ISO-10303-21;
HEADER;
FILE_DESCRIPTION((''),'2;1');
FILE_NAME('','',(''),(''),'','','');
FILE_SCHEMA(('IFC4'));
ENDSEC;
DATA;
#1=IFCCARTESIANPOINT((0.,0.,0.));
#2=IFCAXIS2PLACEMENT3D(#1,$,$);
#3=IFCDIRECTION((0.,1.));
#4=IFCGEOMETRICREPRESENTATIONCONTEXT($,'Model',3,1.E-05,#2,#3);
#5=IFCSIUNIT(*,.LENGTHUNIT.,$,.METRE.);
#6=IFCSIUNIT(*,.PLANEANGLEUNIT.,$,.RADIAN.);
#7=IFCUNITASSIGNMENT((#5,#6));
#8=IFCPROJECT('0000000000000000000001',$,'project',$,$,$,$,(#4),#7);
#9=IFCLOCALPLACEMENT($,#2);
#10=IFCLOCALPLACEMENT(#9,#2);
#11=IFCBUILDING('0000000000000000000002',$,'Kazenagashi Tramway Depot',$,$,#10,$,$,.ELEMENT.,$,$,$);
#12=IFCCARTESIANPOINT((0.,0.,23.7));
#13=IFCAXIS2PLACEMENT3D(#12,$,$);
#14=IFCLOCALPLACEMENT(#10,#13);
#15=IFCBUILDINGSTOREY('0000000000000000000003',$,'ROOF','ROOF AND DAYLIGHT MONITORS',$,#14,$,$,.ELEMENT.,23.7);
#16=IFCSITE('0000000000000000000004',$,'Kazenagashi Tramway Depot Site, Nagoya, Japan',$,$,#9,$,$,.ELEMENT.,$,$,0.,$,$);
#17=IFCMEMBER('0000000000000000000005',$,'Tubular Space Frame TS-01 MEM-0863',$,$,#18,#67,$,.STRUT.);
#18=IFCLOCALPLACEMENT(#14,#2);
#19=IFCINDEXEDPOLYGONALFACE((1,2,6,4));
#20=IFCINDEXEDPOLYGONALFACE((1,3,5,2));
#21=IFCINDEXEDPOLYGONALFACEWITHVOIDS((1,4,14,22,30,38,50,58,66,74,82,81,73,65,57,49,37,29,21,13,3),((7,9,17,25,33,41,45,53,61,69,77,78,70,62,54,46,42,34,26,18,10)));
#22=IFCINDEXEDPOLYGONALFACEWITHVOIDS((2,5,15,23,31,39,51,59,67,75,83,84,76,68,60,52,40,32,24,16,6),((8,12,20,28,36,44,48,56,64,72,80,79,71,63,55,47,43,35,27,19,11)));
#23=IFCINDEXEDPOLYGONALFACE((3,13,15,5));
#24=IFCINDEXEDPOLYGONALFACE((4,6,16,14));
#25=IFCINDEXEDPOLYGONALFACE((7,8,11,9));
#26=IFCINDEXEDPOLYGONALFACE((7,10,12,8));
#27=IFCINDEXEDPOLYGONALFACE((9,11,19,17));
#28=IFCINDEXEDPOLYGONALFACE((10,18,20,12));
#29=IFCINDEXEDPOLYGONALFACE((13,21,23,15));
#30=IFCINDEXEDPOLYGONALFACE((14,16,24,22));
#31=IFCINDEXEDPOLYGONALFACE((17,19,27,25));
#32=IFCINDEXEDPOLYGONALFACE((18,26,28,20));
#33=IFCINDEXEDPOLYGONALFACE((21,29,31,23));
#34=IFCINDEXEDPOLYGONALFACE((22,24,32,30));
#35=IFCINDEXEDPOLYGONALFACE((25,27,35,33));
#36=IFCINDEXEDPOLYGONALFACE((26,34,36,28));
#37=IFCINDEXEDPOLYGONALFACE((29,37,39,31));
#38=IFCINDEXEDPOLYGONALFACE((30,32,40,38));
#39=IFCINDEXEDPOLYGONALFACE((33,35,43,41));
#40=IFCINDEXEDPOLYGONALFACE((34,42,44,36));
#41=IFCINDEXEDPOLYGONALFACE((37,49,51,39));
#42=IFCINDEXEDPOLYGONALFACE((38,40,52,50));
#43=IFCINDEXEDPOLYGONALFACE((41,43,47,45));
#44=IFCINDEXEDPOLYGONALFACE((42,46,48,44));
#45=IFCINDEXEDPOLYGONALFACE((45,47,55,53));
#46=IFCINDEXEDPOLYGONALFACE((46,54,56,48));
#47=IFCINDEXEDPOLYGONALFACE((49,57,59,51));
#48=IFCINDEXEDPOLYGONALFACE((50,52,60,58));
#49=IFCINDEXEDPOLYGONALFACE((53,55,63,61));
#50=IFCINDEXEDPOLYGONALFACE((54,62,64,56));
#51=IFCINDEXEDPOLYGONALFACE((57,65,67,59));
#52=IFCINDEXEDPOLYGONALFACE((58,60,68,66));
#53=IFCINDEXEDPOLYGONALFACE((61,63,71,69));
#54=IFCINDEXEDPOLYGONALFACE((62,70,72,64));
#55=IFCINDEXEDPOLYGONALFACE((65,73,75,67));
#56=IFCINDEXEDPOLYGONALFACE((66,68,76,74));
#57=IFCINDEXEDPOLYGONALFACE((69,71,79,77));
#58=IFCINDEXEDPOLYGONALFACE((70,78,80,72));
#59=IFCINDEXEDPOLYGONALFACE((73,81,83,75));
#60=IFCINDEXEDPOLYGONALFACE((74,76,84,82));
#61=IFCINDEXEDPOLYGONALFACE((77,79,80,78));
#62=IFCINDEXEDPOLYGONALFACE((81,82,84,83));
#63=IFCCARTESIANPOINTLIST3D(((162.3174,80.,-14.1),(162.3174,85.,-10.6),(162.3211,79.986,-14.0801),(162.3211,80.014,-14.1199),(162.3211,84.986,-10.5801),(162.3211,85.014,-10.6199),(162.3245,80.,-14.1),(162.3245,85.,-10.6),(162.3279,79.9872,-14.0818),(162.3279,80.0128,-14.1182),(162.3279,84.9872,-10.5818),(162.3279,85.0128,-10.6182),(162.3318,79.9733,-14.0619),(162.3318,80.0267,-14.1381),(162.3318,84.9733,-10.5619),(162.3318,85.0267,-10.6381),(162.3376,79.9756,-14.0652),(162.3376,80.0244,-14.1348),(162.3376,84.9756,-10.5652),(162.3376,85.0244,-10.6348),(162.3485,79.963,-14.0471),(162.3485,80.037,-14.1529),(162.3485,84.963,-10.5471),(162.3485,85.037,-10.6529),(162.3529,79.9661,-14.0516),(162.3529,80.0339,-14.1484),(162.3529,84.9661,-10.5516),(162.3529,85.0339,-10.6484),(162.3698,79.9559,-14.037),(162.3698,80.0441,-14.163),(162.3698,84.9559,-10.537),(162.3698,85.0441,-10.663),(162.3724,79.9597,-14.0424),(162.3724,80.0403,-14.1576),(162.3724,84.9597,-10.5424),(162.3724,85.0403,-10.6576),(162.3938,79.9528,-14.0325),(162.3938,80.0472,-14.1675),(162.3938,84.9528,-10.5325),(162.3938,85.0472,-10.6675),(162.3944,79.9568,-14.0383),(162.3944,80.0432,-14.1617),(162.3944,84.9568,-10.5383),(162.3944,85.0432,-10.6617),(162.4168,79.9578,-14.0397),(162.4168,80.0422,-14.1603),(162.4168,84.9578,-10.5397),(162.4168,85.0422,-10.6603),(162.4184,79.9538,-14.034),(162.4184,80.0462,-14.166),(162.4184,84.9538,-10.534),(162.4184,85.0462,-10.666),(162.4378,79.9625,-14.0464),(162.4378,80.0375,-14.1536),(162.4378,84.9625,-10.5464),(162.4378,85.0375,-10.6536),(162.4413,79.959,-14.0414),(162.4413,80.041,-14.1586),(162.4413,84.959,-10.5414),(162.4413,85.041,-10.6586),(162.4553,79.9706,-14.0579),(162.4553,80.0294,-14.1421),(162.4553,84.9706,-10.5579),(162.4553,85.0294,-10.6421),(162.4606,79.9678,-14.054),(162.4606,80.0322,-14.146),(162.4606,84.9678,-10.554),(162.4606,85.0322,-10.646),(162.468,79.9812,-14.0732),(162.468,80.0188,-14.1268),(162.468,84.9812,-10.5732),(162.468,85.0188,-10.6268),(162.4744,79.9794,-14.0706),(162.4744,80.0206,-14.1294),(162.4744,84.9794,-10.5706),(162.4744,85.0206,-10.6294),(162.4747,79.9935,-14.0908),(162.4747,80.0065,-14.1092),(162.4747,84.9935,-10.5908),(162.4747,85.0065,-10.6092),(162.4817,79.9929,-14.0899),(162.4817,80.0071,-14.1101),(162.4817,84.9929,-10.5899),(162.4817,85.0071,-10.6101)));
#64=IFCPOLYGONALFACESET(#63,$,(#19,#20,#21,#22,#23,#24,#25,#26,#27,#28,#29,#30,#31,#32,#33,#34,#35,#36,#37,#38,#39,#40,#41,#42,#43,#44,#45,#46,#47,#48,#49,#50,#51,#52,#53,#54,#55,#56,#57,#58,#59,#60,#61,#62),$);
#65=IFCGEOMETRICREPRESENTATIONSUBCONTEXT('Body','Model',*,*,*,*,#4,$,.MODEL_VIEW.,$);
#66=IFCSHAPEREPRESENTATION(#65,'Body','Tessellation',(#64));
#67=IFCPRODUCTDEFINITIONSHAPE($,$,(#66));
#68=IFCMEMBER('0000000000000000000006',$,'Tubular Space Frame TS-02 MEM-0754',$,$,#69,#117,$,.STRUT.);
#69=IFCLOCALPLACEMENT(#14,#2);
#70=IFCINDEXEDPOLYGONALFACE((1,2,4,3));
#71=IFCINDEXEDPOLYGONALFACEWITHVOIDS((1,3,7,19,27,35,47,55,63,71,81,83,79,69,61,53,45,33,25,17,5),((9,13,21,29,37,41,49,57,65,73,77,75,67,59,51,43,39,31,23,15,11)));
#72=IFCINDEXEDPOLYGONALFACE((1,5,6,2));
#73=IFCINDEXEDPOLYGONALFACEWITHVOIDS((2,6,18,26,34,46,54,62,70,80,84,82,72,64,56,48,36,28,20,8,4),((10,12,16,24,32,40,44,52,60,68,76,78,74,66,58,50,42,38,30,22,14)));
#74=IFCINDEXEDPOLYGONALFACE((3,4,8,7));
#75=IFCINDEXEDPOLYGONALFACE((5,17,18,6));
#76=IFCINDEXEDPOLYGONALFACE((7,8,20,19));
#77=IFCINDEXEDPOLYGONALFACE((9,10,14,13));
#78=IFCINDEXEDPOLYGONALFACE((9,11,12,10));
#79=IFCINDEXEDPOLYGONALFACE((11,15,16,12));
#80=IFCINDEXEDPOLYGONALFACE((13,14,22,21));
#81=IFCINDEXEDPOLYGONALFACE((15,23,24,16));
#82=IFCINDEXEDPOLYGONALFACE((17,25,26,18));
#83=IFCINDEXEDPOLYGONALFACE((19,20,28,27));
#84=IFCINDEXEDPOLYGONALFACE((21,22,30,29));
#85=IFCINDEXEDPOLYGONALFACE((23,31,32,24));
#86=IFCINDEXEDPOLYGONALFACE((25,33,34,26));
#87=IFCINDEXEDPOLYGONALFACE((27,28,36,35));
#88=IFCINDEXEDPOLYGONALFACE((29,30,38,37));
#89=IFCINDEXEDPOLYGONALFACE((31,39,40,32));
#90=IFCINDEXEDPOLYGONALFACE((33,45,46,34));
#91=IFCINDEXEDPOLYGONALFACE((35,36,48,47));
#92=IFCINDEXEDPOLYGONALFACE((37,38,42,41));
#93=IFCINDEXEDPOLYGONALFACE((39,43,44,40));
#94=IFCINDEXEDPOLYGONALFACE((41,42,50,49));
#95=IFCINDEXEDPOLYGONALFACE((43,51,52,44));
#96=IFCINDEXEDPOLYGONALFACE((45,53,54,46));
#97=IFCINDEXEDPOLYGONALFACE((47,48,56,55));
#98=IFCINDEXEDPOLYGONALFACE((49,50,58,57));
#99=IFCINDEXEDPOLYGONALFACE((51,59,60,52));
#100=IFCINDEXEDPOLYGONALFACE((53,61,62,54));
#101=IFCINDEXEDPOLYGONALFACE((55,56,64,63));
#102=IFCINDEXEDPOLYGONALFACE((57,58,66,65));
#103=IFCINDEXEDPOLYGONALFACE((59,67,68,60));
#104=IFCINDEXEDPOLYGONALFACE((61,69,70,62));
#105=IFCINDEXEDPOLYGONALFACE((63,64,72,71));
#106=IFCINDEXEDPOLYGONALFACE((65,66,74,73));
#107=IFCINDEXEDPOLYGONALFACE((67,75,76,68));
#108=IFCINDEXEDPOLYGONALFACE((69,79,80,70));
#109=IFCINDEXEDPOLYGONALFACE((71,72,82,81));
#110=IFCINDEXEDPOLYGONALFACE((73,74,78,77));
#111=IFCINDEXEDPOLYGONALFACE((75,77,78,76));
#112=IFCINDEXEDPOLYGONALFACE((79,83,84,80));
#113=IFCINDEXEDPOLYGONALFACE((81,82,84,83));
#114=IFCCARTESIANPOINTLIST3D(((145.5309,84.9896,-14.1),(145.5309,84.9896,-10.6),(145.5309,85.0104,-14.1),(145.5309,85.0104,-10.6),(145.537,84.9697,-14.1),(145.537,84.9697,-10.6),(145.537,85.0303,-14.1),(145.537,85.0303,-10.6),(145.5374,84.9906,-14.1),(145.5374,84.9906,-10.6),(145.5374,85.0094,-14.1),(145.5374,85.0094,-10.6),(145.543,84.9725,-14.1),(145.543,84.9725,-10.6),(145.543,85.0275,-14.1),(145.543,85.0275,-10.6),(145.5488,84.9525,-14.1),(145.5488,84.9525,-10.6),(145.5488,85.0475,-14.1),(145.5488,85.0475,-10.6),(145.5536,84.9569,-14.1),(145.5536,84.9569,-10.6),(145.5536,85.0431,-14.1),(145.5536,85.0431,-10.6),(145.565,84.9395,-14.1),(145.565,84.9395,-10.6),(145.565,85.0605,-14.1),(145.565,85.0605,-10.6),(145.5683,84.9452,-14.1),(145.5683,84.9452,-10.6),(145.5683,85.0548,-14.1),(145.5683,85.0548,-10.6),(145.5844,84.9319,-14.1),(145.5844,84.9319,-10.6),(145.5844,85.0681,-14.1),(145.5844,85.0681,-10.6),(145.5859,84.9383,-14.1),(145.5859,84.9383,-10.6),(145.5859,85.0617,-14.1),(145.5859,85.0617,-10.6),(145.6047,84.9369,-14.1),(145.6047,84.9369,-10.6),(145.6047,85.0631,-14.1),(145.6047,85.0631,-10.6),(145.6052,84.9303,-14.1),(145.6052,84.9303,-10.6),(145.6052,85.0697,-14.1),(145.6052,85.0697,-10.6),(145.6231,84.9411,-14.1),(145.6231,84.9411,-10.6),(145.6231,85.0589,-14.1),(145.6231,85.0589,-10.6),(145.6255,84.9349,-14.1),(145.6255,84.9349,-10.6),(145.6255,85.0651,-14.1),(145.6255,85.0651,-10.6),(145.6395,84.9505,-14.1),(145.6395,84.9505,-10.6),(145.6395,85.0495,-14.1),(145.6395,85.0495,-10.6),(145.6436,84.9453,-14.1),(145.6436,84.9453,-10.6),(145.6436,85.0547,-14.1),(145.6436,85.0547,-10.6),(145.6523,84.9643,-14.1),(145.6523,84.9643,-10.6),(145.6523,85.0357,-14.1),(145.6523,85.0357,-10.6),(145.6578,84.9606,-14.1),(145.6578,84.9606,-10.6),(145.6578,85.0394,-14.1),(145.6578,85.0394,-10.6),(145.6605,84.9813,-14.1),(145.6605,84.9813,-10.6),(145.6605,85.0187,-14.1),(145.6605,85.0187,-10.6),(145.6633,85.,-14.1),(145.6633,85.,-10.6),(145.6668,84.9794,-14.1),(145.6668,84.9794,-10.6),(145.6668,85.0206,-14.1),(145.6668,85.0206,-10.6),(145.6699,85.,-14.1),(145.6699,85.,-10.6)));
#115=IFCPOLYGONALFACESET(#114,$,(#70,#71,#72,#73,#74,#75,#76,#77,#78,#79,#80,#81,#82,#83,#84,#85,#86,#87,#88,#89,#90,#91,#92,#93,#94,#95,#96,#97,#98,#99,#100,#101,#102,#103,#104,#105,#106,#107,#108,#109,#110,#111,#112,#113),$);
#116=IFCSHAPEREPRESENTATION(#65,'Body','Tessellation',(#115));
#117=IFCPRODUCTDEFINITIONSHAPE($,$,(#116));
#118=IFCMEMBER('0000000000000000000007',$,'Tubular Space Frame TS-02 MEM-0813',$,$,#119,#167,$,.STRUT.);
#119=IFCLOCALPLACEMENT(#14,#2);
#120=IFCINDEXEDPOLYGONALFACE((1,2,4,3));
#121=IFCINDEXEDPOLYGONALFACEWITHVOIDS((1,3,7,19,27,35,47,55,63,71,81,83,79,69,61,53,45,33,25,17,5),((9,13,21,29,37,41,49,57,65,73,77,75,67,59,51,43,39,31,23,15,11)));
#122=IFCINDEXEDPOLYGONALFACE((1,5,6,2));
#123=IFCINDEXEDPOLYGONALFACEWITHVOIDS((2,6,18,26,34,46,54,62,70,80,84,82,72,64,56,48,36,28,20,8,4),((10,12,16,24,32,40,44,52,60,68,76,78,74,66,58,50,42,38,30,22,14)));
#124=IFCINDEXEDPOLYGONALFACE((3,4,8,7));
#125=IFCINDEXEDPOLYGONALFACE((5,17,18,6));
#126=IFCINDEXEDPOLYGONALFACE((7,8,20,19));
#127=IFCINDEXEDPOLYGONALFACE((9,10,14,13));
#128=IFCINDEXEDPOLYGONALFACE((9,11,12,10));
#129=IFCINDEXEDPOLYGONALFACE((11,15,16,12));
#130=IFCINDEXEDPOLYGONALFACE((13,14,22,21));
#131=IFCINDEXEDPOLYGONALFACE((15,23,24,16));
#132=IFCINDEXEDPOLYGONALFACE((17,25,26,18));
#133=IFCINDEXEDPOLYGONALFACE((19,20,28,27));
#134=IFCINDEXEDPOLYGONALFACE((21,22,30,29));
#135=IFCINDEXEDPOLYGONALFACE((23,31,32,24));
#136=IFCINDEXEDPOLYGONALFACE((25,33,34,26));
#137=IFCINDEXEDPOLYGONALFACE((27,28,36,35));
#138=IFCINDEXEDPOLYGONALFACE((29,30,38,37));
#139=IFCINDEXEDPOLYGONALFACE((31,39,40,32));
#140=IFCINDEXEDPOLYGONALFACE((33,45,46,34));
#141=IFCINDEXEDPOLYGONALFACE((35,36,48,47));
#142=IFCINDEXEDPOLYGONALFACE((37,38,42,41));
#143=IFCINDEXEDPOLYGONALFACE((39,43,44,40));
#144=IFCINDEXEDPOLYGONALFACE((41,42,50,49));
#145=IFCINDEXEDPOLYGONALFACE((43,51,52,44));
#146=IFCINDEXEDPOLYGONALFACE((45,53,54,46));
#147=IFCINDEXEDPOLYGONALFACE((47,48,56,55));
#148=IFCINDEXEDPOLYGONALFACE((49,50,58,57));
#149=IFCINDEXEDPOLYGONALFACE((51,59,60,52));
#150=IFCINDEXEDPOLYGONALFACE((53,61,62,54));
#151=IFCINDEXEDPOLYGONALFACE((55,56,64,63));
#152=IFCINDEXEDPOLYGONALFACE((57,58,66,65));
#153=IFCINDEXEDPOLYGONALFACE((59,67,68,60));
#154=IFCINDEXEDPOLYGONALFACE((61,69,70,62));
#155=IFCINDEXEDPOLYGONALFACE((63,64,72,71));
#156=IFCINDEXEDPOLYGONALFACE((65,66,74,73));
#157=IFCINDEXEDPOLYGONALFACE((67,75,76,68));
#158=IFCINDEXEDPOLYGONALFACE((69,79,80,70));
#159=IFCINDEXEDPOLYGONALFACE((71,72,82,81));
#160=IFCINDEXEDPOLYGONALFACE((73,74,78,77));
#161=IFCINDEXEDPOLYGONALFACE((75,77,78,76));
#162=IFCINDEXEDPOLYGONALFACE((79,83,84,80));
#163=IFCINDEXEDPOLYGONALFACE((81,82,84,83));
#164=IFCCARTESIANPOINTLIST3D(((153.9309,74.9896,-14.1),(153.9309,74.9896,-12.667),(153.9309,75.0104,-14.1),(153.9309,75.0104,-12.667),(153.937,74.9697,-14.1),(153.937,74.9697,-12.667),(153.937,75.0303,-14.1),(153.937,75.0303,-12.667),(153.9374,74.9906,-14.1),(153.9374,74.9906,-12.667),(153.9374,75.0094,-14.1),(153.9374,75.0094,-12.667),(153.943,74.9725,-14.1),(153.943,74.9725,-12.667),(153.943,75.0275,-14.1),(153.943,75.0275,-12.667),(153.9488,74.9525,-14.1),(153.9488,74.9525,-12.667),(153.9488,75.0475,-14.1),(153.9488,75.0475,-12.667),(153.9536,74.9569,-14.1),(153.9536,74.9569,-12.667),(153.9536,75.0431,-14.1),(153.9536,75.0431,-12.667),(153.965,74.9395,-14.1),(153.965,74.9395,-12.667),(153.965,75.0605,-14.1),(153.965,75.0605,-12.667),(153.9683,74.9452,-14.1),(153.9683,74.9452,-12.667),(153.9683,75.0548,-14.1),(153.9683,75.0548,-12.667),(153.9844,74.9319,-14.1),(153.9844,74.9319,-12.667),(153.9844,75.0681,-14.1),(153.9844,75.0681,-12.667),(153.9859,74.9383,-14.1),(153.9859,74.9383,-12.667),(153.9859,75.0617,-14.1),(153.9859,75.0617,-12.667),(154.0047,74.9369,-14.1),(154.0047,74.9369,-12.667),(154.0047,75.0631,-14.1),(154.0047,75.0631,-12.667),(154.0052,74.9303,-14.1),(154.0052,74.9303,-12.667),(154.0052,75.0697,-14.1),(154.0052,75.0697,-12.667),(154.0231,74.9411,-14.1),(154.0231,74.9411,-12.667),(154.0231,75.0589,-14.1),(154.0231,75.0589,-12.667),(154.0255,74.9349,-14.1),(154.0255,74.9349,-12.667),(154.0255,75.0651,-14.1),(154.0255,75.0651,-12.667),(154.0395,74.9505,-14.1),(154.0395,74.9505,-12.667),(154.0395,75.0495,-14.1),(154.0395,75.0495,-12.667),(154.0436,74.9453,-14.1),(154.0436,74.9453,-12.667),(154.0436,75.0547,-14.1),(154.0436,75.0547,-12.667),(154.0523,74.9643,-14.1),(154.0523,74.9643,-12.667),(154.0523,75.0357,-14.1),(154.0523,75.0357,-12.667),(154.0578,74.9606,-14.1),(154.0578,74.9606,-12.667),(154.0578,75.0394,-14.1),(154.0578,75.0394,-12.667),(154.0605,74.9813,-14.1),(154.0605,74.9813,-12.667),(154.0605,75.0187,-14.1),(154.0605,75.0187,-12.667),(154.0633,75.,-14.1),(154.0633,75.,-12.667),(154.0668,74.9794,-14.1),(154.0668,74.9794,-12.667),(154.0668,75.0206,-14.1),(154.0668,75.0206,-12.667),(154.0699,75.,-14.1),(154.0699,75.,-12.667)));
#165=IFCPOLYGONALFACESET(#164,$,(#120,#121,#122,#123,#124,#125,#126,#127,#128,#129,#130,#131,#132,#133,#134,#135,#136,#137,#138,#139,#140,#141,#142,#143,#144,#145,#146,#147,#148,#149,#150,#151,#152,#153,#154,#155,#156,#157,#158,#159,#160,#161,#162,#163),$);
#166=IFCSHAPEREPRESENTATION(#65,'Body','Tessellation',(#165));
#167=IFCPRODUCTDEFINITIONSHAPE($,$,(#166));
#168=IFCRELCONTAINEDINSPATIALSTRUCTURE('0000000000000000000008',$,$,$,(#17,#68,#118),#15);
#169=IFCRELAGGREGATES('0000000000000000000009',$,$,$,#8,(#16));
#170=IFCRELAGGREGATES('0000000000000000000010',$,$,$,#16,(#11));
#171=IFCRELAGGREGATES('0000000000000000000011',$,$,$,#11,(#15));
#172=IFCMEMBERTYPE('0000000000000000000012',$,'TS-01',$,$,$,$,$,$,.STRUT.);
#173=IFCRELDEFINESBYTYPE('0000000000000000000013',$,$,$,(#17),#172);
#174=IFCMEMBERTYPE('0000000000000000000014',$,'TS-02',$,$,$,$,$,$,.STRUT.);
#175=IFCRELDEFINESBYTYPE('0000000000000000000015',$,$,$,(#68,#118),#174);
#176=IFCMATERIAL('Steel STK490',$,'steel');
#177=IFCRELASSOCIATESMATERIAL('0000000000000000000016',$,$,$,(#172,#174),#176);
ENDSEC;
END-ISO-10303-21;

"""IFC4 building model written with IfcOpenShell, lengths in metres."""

from ifc_helpers import new_model, si_unit, direction, frame, origin, origin_2d, place, context, subcontext, project, spatial, hollow_circle, extrude, material, material_profile, profile_set, type_object, element, save


model = new_model("IFC4")

# Units and contexts
model_context = context("Model", 3, precision=1e-05, world=origin(), true_north=direction((0.0, 1.0)))
body_context = subcontext(model_context, "Body", "Model", "MODEL_VIEW")
ifc_project = project(units=[si_unit("LENGTHUNIT", "METRE"), si_unit("PLANEANGLEUNIT", "RADIAN")], contexts=[model_context])

# Site, building, storey
site_placement = place(None, origin())
site = spatial("IfcSite", under=ifc_project, at=site_placement, Name="Kazenagashi Tramway Depot Site, Nagoya, Japan", CompositionType="ELEMENT", RefElevation=0.0)
building_placement = place(site_placement, origin())
building = spatial("IfcBuilding", under=site, at=building_placement, Name="Kazenagashi Tramway Depot", CompositionType="ELEMENT")
storey_placement = place(building_placement, frame((0.0, 0.0, 23.7)))
storey = spatial("IfcBuildingStorey", under=building, at=storey_placement, Name="ROOF", Description="ROOF AND DAYLIGHT MONITORS", CompositionType="ELEMENT", Elevation=23.7)

# Members
ifc_material_1 = material(Name="Steel STK490", Category="steel")
ifc_material_profile_1 = material_profile(ifc_material_1, hollow_circle(Radius=0.0826, WallThickness=0.0071, at=origin_2d()), Name="CHS-165.2x7.1")
ifc_profile_set_1 = profile_set([ifc_material_profile_1], Name="Steel STK490")
member_type_1 = type_object("IfcMemberType", Name="TS-01", PredefinedType="STRUT", material=ifc_profile_set_1)
member_1_placement = place(storey_placement, frame((162.4, 80.0, -14.1), z_axis=(0.0, 0.819232, 0.573462), x_axis=(-1.0, 0.0, 0.0)))
element("IfcMember", 1, at=member_1_placement, inside=storey, type_object=member_type_1, Name="Tubular Space Frame TS-01 MEM-0863", PredefinedType="STRUT", context=body_context, shape_type="SweptSolid", body=[
    extrude(hollow_circle(Radius=0.0826, WallThickness=0.0071, at=origin_2d()), origin(), (0.0, 0.0, 1.0), 6.1033),
])
ifc_material_profile_2 = material_profile(ifc_material_1, hollow_circle(Radius=0.0699, WallThickness=0.0066, at=origin_2d()), Name="CHS-139.8x6.6")
ifc_profile_set_2 = profile_set([ifc_material_profile_2], Name="Steel STK490")
member_type_2 = type_object("IfcMemberType", Name="TS-02", PredefinedType="STRUT", material=ifc_profile_set_2)
member_2_placement = place(storey_placement, frame((145.6, 85.0, -14.1), z_axis=(0.0, 0.0, 1.0), x_axis=(1.0, 0.0, 0.0)))
element("IfcMember", 2, at=member_2_placement, inside=storey, type_object=member_type_2, Name="Tubular Space Frame TS-02 MEM-0754", PredefinedType="STRUT", context=body_context, shape_type="SweptSolid", body=[
    extrude(hollow_circle(Radius=0.0699, WallThickness=0.0066, at=origin_2d()), origin(), (0.0, 0.0, 1.0), 3.5),
])
member_3_placement = place(storey_placement, frame((154.0, 75.0, -14.1), z_axis=(0.0, 0.0, 1.0), x_axis=(1.0, 0.0, 0.0)))
element("IfcMember", 3, at=member_3_placement, inside=storey, type_object=member_type_2, Name="Tubular Space Frame TS-02 MEM-0813", PredefinedType="STRUT", context=body_context, shape_type="SweptSolid", body=[
    extrude(hollow_circle(Radius=0.0699, WallThickness=0.0066, at=origin_2d()), origin(), (0.0, 0.0, 1.0), 1.433),
])

save(model, "model.ifc")
